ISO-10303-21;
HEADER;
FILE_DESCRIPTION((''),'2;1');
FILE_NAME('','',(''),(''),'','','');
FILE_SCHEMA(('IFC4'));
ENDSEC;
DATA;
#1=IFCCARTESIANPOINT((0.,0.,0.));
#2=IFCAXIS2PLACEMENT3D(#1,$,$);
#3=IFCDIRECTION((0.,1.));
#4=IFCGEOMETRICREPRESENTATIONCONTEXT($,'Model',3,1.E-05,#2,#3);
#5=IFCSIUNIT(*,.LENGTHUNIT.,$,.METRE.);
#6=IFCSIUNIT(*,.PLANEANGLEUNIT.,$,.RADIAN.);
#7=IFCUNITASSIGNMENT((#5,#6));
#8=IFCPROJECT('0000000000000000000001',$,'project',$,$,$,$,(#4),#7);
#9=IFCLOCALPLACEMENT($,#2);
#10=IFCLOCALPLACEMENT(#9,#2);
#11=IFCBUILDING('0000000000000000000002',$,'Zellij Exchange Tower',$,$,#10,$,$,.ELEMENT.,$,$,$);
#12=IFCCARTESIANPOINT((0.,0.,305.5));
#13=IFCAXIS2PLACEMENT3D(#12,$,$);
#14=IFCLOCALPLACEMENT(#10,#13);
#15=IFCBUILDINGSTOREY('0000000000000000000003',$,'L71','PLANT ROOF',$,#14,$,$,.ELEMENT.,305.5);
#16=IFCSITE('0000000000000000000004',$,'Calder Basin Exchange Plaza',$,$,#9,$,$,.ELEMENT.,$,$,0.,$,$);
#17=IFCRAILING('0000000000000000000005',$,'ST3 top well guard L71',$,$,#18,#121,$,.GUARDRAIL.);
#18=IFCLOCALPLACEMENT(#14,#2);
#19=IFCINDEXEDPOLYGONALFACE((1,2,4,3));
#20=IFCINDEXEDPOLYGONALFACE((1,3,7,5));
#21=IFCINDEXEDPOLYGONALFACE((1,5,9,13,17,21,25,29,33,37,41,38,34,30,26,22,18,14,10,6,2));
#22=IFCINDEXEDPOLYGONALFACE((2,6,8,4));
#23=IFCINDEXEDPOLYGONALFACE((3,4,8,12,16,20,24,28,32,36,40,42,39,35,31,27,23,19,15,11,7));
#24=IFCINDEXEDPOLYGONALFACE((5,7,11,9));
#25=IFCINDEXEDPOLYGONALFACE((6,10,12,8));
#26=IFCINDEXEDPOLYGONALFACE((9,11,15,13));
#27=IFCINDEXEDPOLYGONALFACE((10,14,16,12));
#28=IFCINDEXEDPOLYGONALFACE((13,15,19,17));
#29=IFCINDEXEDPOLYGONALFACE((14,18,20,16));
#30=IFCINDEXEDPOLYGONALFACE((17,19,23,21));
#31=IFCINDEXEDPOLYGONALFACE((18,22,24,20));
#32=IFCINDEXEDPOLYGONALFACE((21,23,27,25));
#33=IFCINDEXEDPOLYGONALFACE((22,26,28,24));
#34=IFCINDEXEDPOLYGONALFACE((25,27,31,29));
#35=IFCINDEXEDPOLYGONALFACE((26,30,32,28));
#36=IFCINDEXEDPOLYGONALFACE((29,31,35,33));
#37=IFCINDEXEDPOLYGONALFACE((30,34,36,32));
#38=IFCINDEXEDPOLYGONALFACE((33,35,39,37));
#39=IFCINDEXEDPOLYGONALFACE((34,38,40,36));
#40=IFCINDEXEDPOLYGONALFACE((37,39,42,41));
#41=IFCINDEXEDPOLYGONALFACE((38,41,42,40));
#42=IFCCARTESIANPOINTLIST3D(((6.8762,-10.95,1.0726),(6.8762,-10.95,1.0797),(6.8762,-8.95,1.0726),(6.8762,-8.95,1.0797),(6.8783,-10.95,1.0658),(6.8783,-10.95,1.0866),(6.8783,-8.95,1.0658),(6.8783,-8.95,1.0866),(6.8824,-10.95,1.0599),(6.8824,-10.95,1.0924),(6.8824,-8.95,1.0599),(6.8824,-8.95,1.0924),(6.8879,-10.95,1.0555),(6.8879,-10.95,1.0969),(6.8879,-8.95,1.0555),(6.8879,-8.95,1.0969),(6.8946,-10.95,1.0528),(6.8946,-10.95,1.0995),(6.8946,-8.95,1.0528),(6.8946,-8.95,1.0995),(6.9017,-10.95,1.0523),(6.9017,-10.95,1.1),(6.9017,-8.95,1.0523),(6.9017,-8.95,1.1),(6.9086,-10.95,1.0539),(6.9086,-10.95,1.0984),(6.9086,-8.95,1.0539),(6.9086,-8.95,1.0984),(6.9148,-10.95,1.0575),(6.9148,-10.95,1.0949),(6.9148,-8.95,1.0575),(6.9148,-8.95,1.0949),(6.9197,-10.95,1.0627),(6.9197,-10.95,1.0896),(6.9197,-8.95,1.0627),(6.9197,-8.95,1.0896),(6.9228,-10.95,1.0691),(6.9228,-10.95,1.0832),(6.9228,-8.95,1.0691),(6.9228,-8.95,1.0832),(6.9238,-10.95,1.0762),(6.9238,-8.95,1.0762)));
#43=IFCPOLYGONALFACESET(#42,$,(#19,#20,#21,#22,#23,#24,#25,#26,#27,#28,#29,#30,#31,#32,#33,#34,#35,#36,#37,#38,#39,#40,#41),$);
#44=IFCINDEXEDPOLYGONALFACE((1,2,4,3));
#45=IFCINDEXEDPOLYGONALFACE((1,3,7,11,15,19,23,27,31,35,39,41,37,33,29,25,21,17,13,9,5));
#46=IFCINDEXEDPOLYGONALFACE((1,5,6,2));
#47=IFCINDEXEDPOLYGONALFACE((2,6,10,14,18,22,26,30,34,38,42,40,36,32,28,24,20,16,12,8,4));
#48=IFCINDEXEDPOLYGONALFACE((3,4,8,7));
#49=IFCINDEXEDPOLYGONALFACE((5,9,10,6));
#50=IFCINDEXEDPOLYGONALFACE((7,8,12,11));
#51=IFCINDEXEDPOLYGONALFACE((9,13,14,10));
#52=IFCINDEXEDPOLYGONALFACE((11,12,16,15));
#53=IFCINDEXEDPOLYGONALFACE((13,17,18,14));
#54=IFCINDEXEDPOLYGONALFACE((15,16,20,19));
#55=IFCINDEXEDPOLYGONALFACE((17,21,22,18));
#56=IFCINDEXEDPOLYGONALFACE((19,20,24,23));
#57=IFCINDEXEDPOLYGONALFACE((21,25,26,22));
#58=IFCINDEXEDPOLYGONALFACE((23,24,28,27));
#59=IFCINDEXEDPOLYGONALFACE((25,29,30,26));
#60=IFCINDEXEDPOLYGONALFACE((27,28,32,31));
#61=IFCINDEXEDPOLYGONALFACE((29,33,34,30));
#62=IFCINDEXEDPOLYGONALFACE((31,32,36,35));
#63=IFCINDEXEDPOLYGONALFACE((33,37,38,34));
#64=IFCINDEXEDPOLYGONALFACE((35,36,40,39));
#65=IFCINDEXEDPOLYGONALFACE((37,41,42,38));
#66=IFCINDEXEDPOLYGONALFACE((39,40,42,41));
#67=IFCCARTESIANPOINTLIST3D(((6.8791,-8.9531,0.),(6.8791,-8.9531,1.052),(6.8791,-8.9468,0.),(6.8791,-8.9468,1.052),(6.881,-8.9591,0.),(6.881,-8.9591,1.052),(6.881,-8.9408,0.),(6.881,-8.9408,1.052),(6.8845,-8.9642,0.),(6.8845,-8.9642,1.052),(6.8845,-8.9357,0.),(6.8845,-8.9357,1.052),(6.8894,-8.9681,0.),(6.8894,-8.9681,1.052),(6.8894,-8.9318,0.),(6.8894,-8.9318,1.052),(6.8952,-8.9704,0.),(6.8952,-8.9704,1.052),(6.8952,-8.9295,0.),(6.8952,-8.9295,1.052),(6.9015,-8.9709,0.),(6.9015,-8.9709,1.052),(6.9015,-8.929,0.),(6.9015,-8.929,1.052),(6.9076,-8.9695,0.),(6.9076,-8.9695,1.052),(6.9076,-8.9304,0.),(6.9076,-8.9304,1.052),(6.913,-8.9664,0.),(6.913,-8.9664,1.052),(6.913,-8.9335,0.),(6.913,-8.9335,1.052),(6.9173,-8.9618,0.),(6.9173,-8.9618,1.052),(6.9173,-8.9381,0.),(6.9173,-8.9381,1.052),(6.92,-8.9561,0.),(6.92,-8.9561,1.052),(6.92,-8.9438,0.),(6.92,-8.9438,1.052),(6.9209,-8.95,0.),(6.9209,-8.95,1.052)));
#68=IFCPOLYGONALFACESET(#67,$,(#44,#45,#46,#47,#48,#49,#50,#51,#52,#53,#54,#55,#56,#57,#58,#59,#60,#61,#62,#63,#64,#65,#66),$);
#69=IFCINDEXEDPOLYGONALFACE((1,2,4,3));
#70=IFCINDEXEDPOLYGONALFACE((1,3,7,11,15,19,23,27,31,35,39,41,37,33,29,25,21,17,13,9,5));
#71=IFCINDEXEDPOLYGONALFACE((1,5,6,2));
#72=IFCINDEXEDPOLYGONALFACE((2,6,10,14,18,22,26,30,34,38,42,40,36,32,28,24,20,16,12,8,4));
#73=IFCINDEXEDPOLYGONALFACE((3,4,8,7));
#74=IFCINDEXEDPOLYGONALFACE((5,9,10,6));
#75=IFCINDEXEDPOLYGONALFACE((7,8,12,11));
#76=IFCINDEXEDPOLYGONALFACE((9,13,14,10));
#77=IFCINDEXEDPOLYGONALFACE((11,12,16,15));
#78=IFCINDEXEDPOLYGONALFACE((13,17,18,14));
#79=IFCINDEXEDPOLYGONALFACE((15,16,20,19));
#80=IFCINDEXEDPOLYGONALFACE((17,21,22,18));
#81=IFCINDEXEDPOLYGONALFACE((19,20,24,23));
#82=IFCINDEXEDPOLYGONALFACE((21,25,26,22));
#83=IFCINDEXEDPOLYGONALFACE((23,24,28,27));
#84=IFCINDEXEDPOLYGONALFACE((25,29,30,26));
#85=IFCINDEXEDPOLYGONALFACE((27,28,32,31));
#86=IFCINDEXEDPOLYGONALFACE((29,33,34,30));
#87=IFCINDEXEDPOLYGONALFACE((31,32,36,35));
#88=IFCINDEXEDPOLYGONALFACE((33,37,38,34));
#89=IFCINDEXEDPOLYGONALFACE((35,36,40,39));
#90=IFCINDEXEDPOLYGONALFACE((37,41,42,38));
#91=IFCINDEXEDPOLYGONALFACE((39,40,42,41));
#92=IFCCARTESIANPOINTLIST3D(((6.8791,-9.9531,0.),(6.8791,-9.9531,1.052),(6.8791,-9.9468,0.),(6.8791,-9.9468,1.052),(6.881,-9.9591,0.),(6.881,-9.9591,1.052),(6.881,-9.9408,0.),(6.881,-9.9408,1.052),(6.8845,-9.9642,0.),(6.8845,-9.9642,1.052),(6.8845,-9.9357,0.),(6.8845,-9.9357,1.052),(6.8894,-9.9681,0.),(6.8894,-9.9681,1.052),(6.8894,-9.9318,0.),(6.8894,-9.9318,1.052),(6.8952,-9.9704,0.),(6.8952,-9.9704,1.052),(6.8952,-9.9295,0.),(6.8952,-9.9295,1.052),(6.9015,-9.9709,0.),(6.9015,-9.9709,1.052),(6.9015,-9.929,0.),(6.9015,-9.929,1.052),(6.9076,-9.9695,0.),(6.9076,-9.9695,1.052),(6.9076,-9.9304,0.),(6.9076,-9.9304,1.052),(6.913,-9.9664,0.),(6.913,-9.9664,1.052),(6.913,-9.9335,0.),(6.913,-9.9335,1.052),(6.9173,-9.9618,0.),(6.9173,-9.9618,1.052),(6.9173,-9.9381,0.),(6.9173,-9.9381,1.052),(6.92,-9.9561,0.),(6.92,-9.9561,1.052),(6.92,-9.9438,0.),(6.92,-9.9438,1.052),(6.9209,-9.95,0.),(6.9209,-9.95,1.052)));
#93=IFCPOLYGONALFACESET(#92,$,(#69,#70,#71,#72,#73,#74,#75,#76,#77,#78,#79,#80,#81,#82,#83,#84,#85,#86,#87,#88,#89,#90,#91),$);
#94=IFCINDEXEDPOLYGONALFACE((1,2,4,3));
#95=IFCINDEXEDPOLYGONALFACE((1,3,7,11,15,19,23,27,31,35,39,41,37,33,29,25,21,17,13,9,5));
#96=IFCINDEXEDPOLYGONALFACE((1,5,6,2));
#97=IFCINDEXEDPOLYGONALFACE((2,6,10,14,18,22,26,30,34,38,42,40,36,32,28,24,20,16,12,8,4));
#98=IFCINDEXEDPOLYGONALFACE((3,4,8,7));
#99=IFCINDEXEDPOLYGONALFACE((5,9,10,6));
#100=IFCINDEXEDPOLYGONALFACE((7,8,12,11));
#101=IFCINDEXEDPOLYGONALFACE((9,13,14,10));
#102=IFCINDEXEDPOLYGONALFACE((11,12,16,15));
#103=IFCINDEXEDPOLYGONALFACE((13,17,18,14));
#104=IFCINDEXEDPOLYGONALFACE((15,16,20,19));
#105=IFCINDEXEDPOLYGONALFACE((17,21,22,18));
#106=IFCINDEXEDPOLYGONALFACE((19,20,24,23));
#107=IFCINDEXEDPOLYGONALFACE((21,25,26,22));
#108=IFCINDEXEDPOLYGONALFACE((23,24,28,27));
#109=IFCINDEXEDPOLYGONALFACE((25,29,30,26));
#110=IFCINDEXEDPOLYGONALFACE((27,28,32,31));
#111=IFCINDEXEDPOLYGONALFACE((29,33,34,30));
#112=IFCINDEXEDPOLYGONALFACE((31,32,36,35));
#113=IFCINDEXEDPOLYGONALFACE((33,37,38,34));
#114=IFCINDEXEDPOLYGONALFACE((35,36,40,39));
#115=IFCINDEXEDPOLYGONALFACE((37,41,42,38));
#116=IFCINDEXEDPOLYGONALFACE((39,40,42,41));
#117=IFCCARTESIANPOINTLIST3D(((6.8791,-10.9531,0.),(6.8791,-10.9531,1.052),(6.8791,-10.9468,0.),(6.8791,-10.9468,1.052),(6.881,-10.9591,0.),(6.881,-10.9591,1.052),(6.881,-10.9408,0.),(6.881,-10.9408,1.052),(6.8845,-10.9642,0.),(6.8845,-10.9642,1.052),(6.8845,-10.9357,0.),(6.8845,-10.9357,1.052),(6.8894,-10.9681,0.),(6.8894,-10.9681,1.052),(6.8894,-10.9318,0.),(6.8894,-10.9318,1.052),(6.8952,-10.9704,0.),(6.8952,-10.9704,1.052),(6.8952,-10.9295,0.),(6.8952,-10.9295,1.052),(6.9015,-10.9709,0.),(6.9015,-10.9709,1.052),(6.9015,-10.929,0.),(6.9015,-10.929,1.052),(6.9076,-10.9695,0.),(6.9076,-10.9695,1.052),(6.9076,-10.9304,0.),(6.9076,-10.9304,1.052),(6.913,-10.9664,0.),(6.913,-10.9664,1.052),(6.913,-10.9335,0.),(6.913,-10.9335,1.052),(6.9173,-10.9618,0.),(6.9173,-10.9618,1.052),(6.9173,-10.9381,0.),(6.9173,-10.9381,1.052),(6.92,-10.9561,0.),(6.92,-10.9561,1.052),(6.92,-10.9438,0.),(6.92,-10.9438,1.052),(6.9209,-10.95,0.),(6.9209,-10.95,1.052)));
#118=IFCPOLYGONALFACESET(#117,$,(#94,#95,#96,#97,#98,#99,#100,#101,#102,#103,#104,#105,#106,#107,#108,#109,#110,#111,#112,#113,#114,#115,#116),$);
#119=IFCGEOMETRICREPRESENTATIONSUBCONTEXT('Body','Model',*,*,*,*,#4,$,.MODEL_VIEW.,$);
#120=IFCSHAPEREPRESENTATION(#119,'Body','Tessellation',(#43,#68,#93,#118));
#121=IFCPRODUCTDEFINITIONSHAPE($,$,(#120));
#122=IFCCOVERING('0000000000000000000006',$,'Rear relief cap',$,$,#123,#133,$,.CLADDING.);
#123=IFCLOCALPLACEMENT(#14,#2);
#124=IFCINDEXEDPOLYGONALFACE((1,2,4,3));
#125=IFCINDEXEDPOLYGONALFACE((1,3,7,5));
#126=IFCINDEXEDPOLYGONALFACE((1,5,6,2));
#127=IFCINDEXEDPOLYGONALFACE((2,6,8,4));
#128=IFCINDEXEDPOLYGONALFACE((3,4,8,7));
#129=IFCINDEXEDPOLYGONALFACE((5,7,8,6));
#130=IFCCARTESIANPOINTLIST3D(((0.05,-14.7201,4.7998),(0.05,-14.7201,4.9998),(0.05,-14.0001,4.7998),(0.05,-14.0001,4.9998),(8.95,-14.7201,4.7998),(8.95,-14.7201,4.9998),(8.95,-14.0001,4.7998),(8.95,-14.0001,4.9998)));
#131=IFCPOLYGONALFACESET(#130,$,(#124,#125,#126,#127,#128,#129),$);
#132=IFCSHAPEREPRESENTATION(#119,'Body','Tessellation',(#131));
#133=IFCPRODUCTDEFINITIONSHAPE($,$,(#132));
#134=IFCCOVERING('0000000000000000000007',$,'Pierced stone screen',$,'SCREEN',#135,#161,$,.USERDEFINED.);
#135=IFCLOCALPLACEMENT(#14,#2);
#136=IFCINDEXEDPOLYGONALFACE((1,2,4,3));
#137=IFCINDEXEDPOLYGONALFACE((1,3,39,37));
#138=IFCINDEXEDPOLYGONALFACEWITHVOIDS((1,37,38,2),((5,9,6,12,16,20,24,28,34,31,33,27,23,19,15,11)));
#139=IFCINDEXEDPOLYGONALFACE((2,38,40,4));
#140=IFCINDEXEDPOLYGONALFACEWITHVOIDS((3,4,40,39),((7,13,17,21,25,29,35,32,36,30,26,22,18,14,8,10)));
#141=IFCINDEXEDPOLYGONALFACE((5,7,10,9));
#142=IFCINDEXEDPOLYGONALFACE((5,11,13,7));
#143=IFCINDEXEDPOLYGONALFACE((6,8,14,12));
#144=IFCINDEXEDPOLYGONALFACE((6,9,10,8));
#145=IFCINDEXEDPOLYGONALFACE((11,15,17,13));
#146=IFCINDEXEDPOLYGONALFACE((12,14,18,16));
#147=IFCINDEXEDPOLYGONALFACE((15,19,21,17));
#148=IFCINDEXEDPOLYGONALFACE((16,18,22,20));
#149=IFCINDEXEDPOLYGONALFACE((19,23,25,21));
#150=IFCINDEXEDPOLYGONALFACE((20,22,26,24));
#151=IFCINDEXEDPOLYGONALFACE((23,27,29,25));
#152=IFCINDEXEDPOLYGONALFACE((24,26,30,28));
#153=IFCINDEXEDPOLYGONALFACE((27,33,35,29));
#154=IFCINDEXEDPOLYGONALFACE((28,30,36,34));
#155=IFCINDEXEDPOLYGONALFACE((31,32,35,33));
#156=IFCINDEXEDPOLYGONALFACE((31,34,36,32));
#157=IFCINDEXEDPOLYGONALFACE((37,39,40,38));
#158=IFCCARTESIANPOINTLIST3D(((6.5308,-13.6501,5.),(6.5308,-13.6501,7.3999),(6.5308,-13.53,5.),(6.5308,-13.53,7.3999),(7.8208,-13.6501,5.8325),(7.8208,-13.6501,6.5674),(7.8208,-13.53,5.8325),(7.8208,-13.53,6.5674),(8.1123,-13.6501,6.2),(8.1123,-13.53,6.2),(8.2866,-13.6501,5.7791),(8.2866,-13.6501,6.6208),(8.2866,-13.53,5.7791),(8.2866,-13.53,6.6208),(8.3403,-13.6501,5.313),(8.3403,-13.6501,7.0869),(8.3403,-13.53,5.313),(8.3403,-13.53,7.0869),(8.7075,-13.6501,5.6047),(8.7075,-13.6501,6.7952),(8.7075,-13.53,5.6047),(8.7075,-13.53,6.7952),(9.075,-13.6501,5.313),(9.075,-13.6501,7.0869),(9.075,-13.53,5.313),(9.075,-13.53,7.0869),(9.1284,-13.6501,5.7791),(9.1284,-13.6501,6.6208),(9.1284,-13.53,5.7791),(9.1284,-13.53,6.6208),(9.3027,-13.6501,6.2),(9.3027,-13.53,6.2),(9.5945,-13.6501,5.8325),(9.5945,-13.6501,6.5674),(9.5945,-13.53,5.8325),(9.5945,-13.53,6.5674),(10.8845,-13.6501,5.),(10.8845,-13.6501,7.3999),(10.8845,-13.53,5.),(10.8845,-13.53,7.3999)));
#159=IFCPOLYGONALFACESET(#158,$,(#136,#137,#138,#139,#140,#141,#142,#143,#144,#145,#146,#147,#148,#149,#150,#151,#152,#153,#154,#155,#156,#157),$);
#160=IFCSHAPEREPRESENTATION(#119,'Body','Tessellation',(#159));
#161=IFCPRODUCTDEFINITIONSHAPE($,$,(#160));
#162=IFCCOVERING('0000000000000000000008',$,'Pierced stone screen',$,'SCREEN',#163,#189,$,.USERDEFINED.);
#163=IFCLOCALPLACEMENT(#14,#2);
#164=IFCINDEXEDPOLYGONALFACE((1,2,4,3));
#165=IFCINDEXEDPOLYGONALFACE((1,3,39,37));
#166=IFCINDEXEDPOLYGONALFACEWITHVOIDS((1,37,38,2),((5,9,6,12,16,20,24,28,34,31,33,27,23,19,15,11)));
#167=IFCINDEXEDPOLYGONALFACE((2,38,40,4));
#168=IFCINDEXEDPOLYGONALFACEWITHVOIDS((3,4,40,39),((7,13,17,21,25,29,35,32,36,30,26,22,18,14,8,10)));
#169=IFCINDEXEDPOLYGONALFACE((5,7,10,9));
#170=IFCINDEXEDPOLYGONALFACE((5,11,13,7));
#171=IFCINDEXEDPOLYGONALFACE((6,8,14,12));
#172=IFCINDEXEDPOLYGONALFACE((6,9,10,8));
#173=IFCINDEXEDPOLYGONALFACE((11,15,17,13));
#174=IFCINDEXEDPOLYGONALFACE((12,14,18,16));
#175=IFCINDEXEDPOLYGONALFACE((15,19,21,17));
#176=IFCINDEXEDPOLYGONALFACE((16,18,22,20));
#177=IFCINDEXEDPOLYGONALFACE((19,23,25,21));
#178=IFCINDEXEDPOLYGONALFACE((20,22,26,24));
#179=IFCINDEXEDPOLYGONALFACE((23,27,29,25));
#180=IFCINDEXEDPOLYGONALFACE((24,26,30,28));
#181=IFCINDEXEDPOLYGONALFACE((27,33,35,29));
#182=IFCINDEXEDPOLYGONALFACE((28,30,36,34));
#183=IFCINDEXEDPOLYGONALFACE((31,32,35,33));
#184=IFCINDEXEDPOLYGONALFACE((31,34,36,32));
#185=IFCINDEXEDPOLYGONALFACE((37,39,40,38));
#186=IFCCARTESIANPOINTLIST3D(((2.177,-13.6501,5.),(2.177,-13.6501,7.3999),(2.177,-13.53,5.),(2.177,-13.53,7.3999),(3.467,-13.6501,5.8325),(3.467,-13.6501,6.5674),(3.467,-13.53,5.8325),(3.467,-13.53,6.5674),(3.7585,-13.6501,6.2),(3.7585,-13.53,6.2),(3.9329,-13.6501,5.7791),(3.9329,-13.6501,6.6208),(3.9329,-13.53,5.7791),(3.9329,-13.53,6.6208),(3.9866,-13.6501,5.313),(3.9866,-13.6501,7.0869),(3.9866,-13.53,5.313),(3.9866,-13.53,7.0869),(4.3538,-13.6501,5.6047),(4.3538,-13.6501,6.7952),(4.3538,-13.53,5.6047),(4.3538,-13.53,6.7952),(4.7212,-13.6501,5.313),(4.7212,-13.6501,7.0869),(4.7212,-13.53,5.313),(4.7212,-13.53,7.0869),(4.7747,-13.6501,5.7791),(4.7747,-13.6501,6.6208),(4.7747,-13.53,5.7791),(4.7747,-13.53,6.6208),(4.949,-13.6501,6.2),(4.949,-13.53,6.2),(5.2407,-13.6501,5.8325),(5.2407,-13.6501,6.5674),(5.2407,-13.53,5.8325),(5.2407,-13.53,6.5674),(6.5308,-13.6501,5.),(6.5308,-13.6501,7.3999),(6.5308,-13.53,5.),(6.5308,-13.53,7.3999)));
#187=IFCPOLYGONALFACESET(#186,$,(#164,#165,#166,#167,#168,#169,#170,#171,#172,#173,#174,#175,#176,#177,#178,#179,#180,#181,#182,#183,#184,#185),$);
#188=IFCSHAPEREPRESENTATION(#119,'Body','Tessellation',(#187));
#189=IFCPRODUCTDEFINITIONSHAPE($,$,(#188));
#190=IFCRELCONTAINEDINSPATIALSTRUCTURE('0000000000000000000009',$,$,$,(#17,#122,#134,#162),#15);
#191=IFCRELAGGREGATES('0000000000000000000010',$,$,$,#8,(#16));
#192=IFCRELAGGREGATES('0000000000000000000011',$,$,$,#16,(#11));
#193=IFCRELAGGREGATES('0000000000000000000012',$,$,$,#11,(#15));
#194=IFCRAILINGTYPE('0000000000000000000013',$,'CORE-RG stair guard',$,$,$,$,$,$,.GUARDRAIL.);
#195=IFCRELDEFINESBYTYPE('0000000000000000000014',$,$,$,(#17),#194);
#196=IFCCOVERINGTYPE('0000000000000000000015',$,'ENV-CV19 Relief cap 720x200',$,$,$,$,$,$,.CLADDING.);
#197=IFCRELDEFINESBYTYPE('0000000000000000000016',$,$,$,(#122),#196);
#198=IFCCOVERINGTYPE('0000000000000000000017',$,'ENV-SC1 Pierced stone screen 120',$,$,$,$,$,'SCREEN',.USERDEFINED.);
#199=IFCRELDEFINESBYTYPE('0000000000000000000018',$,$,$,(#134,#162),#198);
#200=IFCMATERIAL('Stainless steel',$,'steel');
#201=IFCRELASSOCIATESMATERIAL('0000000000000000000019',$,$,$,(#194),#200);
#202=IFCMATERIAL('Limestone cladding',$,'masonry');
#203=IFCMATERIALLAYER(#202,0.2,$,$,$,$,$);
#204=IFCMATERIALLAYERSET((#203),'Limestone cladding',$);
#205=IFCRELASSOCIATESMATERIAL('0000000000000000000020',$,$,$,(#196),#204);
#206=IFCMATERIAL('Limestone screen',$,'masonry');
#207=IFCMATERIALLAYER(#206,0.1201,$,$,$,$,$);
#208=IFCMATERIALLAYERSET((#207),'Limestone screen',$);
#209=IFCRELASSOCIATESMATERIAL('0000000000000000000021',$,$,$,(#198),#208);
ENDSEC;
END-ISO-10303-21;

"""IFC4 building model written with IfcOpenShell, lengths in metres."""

from ifc_helpers import new_model, si_unit, direction, frame, origin, origin_2d, place, context, subcontext, project, spatial, polyline, rectangle, circle, outline, extrude, material, layer, layer_set, type_object, element, save


model = new_model("IFC4")

# Units and contexts
model_context = context("Model", 3, precision=1e-05, world=origin(), true_north=direction((0.0, 1.0)))
body_context = subcontext(model_context, "Body", "Model", "MODEL_VIEW")
ifc_project = project(units=[si_unit("LENGTHUNIT", "METRE"), si_unit("PLANEANGLEUNIT", "RADIAN")], contexts=[model_context])

# Site, building, storey
site_placement = place(None, origin())
site = spatial("IfcSite", under=ifc_project, at=site_placement, Name="Calder Basin Exchange Plaza", CompositionType="ELEMENT", RefElevation=0.0)
building_placement = place(site_placement, origin())
building = spatial("IfcBuilding", under=site, at=building_placement, Name="Zellij Exchange Tower", CompositionType="ELEMENT")
storey_placement = place(building_placement, frame((0.0, 0.0, 305.5)))
storey = spatial("IfcBuildingStorey", under=building, at=storey_placement, Name="L71", Description="PLANT ROOF", CompositionType="ELEMENT", Elevation=305.5)

# Railing
ifc_material_1 = material(Name="Stainless steel", Category="steel")
railing_type = type_object("IfcRailingType", Name="CORE-RG stair guard", PredefinedType="GUARDRAIL", material=ifc_material_1)
railing_placement = place(storey_placement, frame((6.8999, -8.95, 0.0)))
element("IfcRailing", 1, at=railing_placement, inside=storey, type_object=railing_type, Name="ST3 top well guard L71", PredefinedType="GUARDRAIL", context=body_context, shape_type="SweptSolid", body=[
    extrude(circle(Radius=0.0239, at=origin_2d()), frame((0.0, 0.0, 1.0762), z_axis=(0.0, -1.0, 0.0), x_axis=(1.0, 0.0, 0.0)), (0.0, 0.0, 1.0), 2.0),
    extrude(circle(Radius=0.021, at=origin_2d()), origin(), (0.0, 0.0, 1.0), 1.052),
    extrude(circle(Radius=0.021, at=origin_2d()), frame((0.0, -1.0, 0.0)), (0.0, 0.0, 1.0), 1.052),
    extrude(circle(Radius=0.021, at=origin_2d()), frame((0.0, -2.0, 0.0)), (0.0, 0.0, 1.0), 1.052),
])

# Coverings
ifc_material_2 = material(Name="Limestone cladding", Category="masonry")
ifc_layer_1 = layer(ifc_material_2, 0.2)
ifc_layer_set_1 = layer_set([ifc_layer_1], Name="Limestone cladding")
covering_type_1 = type_object("IfcCoveringType", Name="ENV-CV19 Relief cap 720x200", PredefinedType="CLADDING", material=ifc_layer_set_1)
covering_placement = place(storey_placement, frame((4.5, -14.3601, 4.7998), z_axis=(0.0, 0.0, 1.0), x_axis=(1.0, 0.0, 0.0)))
element("IfcCovering", 2, at=covering_placement, inside=storey, type_object=covering_type_1, Name="Rear relief cap", PredefinedType="CLADDING", context=body_context, shape_type="SweptSolid", body=[
    extrude(rectangle(XDim=8.8999, YDim=0.72, at=origin_2d()), origin(), (0.0, 0.0, 1.0), 0.2),
])
ifc_material_3 = material(Name="Limestone screen", Category="masonry")
ifc_layer_2 = layer(ifc_material_3, 0.1201)
ifc_layer_set_2 = layer_set([ifc_layer_2], Name="Limestone screen")
covering_type_2 = type_object("IfcCoveringType", Name="ENV-SC1 Pierced stone screen 120", ElementType="SCREEN", PredefinedType="USERDEFINED", material=ifc_layer_set_2)
for number, where, z_axis, x_axis, name in (
    (3, (10.8845, -13.5901, 5.0), (0.0, 0.0, 1.0), (-1.0, 0.0, 0.0), "Pierced stone screen"),
    (4, (6.5308, -13.5901, 5.0), (0.0, 0.0, 1.0), (-1.0, 0.0, 0.0), "Pierced stone screen"),
):
    element("IfcCovering", number, at=place(storey_placement, frame(where, z_axis=z_axis, x_axis=x_axis)), inside=storey, type_object=covering_type_2, Name=name, ObjectType="SCREEN", PredefinedType="USERDEFINED", context=body_context, shape_type="SweptSolid", body=[
        extrude(outline(polyline([(0.0, 0.0), (4.3538, 0.0), (4.3538, 2.3999), (0.0, 2.3999), (0.0, 0.0)]), holes=[polyline([(3.0637, 1.5674), (2.5979, 1.6208), (2.5442, 2.0869), (2.177, 1.7952), (1.8096, 2.0869), (1.7561, 1.6208), (1.29, 1.5674), (1.5818, 1.2), (1.29, 0.8325), (1.7561, 0.7791), (1.8096, 0.313), (2.177, 0.6047), (2.5442, 0.313), (2.5979, 0.7791), (3.0637, 0.8325), (2.7722, 1.2), (3.0637, 1.5674)])]), frame((0.0, 0.0601, 0.0), z_axis=(0.0, -1.0, 0.0), x_axis=(1.0, 0.0, 0.0)), (0.0, 0.0, 1.0), 0.1201),
    ])

save(model, "model.ifc")
